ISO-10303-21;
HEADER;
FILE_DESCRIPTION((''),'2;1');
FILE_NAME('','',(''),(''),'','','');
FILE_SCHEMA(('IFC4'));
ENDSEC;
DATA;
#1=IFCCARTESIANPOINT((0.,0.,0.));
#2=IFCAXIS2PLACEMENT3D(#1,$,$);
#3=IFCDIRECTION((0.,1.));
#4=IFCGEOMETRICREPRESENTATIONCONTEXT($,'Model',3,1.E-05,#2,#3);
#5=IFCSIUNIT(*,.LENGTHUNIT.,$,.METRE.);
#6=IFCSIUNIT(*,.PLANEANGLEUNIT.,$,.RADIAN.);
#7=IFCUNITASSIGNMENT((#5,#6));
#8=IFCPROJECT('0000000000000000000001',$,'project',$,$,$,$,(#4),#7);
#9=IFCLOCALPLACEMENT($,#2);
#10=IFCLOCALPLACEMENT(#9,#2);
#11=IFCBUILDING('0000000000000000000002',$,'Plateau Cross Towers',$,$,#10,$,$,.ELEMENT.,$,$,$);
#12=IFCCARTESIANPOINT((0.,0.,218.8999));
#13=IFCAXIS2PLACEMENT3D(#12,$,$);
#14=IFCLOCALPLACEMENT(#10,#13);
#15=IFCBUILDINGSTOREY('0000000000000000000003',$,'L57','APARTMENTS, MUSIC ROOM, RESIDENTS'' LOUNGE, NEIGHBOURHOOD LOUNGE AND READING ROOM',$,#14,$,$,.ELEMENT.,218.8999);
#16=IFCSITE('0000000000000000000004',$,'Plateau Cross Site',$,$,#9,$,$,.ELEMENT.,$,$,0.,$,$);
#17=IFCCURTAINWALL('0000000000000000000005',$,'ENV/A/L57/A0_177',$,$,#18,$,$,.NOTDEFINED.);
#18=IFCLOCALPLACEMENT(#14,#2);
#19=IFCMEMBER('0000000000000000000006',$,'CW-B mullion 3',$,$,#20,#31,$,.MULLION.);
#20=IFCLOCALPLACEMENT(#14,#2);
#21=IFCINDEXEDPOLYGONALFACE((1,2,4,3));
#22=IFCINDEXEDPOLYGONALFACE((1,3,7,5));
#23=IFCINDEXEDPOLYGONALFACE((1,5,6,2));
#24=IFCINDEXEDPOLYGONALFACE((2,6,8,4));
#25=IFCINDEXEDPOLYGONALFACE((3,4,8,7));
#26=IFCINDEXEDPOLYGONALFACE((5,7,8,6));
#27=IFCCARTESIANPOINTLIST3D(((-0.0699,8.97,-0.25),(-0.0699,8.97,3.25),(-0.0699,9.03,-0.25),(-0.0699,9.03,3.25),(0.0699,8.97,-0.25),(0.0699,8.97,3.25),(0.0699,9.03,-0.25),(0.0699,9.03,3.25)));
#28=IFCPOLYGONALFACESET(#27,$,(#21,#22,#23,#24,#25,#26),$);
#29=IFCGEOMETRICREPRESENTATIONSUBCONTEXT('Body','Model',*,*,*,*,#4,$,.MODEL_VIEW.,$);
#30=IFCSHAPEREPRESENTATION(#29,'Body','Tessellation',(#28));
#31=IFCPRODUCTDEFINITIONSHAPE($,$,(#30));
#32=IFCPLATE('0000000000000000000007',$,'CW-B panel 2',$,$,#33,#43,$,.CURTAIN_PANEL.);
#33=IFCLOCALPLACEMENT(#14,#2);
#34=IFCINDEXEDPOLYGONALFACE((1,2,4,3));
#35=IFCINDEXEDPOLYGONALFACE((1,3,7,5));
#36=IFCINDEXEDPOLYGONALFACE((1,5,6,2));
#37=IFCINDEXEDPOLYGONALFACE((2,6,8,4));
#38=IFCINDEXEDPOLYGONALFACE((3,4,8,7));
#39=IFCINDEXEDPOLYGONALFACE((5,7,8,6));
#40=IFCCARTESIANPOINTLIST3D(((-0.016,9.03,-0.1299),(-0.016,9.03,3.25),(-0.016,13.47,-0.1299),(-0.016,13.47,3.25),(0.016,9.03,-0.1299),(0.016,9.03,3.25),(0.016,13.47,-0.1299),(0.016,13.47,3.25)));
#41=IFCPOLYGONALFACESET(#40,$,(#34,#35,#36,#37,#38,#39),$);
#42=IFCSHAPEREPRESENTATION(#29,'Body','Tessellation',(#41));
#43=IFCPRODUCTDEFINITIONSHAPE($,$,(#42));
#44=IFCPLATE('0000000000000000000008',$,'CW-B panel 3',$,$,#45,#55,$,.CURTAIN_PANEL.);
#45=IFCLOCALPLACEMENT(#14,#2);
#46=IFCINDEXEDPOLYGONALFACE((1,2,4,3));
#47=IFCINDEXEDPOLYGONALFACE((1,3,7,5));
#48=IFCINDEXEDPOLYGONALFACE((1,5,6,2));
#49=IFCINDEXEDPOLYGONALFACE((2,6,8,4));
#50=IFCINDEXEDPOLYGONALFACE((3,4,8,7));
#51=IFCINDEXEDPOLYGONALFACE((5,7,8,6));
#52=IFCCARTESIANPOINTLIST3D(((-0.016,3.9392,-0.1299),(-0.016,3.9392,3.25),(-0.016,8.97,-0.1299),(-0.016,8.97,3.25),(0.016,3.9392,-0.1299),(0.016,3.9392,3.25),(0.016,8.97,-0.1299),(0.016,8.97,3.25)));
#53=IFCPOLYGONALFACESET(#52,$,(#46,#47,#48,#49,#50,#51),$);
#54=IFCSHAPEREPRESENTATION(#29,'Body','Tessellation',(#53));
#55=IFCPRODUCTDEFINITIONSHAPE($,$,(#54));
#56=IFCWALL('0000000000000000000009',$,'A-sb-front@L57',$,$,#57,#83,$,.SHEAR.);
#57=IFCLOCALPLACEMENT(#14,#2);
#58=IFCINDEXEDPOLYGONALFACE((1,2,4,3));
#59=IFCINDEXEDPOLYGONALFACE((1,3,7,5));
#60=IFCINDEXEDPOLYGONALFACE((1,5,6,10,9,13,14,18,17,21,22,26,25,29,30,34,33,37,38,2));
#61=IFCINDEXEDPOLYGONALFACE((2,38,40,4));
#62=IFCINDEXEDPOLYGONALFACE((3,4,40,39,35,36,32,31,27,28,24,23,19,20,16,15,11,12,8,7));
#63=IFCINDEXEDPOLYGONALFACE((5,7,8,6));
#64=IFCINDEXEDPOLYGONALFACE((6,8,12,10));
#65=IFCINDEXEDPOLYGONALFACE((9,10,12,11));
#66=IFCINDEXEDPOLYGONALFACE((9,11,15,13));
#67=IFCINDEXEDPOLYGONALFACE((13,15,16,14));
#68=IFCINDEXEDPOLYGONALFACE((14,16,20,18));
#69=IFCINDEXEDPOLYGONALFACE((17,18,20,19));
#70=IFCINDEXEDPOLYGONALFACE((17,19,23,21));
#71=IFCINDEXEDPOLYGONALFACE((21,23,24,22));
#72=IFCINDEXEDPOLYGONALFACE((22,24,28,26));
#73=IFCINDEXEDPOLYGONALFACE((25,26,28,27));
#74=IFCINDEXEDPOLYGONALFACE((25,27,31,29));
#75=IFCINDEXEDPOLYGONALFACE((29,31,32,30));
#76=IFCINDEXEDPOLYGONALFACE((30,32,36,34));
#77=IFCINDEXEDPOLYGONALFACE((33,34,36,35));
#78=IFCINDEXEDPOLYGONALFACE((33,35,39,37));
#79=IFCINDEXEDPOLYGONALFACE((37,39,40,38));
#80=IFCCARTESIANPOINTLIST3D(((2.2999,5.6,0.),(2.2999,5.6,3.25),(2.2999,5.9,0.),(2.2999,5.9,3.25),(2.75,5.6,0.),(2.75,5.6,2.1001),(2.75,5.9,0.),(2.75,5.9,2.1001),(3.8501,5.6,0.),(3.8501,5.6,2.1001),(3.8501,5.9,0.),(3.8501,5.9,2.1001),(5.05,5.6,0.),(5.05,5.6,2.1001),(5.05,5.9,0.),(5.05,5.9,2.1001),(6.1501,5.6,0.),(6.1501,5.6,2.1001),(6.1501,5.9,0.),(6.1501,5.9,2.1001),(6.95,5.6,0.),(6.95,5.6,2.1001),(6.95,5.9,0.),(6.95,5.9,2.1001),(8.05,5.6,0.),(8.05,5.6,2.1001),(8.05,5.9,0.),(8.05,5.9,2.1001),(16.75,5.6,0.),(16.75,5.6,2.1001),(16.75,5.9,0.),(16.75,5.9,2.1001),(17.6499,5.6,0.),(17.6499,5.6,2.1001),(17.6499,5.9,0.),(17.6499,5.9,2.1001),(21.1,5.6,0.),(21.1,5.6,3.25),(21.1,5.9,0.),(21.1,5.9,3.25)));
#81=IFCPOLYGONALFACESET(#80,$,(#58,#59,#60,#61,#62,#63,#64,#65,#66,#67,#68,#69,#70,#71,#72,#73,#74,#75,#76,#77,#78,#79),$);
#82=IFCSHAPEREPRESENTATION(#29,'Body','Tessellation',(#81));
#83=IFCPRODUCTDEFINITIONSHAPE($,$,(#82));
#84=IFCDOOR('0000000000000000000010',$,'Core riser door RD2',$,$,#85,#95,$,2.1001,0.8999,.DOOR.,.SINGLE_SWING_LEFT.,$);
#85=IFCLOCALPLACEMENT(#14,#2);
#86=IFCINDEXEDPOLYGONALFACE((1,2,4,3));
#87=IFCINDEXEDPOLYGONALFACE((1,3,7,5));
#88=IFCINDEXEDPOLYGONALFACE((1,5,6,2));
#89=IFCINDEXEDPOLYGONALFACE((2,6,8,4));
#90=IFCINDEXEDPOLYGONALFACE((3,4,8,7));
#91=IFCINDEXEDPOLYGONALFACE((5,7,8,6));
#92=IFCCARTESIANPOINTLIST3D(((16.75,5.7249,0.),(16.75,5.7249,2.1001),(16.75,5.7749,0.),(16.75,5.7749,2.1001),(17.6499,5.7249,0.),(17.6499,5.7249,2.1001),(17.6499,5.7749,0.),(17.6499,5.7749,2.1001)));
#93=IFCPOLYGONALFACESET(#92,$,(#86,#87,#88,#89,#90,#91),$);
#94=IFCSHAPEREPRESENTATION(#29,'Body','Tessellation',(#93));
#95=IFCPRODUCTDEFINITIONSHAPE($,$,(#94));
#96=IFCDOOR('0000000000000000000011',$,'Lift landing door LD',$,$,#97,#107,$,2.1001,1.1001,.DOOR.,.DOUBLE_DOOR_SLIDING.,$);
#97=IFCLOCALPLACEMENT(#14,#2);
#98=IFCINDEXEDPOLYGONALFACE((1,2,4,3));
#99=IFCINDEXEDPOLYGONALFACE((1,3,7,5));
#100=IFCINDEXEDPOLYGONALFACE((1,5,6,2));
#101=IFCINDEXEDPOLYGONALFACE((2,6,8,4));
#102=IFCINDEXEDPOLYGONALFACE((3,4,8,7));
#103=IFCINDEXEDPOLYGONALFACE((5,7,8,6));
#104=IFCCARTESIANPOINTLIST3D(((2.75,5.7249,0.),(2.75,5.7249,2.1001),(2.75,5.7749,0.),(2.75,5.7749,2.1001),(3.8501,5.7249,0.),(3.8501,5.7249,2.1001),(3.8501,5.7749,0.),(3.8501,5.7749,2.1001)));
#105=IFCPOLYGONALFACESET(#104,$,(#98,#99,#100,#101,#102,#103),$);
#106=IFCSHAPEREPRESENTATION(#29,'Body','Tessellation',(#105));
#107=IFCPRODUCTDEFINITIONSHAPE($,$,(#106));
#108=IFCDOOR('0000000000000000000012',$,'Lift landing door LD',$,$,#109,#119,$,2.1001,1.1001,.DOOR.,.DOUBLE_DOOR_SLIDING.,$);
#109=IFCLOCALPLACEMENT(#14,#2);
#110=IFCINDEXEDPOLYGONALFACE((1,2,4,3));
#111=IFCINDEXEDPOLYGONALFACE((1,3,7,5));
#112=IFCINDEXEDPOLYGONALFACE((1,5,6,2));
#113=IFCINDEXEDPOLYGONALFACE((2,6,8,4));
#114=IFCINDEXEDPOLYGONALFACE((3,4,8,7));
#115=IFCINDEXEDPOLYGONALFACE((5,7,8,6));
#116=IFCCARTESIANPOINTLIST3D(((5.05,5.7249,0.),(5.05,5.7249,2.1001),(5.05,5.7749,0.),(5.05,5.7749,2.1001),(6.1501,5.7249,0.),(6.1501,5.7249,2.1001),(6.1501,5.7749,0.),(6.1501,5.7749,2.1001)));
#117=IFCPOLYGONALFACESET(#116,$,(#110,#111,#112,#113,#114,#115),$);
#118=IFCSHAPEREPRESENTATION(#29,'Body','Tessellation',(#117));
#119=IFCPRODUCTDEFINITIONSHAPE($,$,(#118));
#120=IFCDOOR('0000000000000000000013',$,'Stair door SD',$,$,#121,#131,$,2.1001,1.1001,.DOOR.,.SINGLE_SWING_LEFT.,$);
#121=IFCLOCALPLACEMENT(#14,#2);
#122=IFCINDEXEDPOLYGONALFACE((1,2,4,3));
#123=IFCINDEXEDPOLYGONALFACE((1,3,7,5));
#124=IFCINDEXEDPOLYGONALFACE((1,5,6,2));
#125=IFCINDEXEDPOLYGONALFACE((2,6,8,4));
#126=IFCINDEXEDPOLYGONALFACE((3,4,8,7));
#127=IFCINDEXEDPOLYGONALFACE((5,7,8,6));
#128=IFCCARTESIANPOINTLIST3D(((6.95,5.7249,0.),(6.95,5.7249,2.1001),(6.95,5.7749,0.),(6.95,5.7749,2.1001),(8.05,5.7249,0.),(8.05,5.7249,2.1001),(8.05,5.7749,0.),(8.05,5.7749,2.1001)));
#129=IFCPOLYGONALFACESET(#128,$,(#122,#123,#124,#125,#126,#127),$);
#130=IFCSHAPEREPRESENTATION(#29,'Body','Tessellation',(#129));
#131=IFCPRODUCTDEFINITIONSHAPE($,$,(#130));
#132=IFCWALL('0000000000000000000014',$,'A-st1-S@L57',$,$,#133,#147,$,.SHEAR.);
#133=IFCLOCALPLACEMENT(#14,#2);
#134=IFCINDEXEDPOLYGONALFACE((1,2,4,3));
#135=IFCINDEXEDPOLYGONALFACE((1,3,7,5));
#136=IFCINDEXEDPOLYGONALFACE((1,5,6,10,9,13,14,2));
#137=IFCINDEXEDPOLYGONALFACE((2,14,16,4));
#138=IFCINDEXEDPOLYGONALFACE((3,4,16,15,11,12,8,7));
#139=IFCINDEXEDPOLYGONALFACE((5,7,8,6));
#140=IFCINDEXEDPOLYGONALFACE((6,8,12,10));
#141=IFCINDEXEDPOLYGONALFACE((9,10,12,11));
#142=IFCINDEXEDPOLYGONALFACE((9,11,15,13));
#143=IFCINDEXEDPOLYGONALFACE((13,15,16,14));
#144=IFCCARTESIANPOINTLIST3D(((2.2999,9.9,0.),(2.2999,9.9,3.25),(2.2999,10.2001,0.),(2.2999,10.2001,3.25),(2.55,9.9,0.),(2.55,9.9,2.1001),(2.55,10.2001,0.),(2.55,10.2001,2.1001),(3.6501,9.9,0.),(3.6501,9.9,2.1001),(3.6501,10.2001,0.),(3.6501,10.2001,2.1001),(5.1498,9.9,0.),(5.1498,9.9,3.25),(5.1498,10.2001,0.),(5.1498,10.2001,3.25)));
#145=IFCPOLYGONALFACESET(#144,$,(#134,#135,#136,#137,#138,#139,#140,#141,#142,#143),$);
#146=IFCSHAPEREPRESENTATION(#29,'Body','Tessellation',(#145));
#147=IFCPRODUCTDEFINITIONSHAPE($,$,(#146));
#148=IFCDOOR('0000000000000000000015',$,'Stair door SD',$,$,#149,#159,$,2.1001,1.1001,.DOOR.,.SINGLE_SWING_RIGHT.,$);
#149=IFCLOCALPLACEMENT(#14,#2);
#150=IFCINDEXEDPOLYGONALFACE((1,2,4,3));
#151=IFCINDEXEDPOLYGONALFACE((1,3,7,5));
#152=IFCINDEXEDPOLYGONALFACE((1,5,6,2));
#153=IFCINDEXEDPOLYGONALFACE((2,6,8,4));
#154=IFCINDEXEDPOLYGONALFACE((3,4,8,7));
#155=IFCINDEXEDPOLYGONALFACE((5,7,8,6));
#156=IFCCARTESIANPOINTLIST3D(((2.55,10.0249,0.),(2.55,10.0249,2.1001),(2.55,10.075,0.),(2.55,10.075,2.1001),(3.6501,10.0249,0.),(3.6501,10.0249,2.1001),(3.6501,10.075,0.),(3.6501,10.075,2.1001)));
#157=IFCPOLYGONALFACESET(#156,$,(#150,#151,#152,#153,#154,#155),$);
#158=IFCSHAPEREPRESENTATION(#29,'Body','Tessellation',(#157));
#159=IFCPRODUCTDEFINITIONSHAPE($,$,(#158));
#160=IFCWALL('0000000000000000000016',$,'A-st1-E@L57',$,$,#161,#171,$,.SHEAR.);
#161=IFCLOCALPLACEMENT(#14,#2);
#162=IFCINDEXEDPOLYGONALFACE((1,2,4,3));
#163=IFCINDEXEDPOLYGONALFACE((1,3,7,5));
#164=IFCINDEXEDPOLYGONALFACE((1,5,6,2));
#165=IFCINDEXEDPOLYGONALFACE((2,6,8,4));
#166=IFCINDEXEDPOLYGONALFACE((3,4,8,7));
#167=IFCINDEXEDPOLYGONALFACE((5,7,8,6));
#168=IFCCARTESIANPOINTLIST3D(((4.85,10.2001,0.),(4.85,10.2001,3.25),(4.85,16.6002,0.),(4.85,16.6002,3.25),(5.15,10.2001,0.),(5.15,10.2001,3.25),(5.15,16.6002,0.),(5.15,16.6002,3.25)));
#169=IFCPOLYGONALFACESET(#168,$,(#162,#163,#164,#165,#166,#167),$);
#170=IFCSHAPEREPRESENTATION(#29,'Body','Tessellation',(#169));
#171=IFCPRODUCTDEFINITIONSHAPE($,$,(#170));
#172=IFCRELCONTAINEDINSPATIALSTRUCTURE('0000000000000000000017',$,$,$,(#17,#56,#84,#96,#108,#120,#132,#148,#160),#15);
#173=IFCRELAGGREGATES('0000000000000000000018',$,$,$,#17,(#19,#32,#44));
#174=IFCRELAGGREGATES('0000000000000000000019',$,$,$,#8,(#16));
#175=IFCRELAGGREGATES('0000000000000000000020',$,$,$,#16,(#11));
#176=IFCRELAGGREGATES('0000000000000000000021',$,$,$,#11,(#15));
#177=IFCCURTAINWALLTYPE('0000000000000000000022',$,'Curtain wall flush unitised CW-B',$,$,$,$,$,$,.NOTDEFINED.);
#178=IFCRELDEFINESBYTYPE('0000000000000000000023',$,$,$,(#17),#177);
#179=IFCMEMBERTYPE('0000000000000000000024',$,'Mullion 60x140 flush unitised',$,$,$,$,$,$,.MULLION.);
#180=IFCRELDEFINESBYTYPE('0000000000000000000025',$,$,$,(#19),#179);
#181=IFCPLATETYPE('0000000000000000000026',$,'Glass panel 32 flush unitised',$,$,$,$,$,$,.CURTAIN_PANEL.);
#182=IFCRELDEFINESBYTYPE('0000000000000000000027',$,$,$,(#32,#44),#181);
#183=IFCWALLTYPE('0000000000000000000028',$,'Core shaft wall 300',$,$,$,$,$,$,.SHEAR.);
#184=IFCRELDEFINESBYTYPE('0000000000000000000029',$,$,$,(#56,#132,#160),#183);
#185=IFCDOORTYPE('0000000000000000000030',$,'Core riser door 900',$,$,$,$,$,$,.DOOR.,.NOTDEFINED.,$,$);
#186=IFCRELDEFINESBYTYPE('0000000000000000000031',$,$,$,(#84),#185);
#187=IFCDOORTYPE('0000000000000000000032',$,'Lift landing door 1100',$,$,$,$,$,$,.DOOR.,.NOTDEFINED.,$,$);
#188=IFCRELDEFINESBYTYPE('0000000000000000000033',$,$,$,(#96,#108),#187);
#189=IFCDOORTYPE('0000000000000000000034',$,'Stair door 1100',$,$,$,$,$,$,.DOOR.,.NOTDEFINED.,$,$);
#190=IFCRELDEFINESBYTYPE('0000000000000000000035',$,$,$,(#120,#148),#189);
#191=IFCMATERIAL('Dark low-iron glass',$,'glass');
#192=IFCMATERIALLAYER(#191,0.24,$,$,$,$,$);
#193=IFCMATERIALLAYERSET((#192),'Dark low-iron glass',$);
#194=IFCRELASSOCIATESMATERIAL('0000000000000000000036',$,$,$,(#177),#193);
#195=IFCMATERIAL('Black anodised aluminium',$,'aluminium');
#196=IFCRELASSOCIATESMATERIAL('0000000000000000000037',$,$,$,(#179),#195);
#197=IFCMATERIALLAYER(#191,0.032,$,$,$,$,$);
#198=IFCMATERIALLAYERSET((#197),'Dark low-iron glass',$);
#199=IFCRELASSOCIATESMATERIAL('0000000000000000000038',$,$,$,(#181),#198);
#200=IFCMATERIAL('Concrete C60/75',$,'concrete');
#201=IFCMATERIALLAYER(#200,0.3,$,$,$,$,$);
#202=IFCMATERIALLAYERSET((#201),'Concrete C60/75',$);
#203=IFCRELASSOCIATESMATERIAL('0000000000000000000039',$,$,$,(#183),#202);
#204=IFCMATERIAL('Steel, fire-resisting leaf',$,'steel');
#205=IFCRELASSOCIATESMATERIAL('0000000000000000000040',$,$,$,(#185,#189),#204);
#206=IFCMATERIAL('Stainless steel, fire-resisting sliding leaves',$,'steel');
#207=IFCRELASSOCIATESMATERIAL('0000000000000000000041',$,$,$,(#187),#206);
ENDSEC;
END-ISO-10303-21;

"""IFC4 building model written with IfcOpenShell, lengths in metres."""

from ifc_helpers import new_model, si_unit, direction, frame, frame_2d, origin, origin_2d, place, context, subcontext, project, spatial, rectangle, extrude, material, layer, layer_set, material_profile, profile_set, type_object, element, fill, aggregate, save


model = new_model("IFC4")

# Units and contexts
model_context = context("Model", 3, precision=1e-05, world=origin(), true_north=direction((0.0, 1.0)))
body_context = subcontext(model_context, "Body", "Model", "MODEL_VIEW")
ifc_project = project(units=[si_unit("LENGTHUNIT", "METRE"), si_unit("PLANEANGLEUNIT", "RADIAN")], contexts=[model_context])

# Site, building, storey
site_placement = place(None, origin())
site = spatial("IfcSite", under=ifc_project, at=site_placement, Name="Plateau Cross Site", CompositionType="ELEMENT", RefElevation=0.0)
building_placement = place(site_placement, origin())
building = spatial("IfcBuilding", under=site, at=building_placement, Name="Plateau Cross Towers", CompositionType="ELEMENT")
storey_placement = place(building_placement, frame((0.0, 0.0, 218.8999)))
storey = spatial("IfcBuildingStorey", under=building, at=storey_placement, Name="L57", Description="APARTMENTS, MUSIC ROOM, RESIDENTS' LOUNGE, NEIGHBOURHOOD LOUNGE AND READING ROOM", CompositionType="ELEMENT", Elevation=218.8999)

# Curtain wall, member, plates
ifc_material_1 = material(Name="Dark low-iron glass", Category="glass")
ifc_layer_1 = layer(ifc_material_1, 0.24)
ifc_layer_set_1 = layer_set([ifc_layer_1], Name="Dark low-iron glass")
curtain_wall_type = type_object("IfcCurtainWallType", Name="Curtain wall flush unitised CW-B", PredefinedType="NOTDEFINED", material=ifc_layer_set_1)
curtain_wall_placement = place(storey_placement, origin())
curtain_wall = element("IfcCurtainWall", 1, at=curtain_wall_placement, inside=storey, type_object=curtain_wall_type, Name="ENV/A/L57/A0_177", PredefinedType="NOTDEFINED")
ifc_material_2 = material(Name="Black anodised aluminium", Category="aluminium")
ifc_material_profile = material_profile(ifc_material_2, rectangle(XDim=0.0601, YDim=0.1399, at=origin_2d()), Name="MULLION 60x140")
ifc_profile_set = profile_set([ifc_material_profile], Name="Black anodised aluminium")
member_type = type_object("IfcMemberType", Name="Mullion 60x140 flush unitised", PredefinedType="MULLION", material=ifc_profile_set)
member_placement = place(storey_placement, frame((0.0, 9.0, -0.25), z_axis=(0.0, 0.0, 1.0), x_axis=(0.0, -1.0, 0.0)))
member = element("IfcMember", 2, at=member_placement, type_object=member_type, Name="CW-B mullion 3", PredefinedType="MULLION", context=body_context, shape_type="SweptSolid", body=[
    extrude(rectangle(XDim=0.0601, YDim=0.1399, at=origin_2d()), origin(), (0.0, 0.0, 1.0), 3.5),
])
ifc_layer_2 = layer(ifc_material_1, 0.032)
ifc_layer_set_2 = layer_set([ifc_layer_2], Name="Dark low-iron glass")
plate_type = type_object("IfcPlateType", Name="Glass panel 32 flush unitised", PredefinedType="CURTAIN_PANEL", material=ifc_layer_set_2)
plate_1_placement = place(storey_placement, frame((0.0, 11.25, -0.1299), z_axis=(0.0, 0.0, 1.0), x_axis=(0.0, -1.0, 0.0)))
plate_1 = element("IfcPlate", 3, at=plate_1_placement, type_object=plate_type, Name="CW-B panel 2", PredefinedType="CURTAIN_PANEL", context=body_context, shape_type="SweptSolid", body=[
    extrude(rectangle(XDim=4.4399, YDim=0.032, at=origin_2d()), origin(), (0.0, 0.0, 1.0), 3.3799),
])
plate_2_placement = place(storey_placement, frame((0.0, 6.4546, -0.1299), z_axis=(0.0, 0.0, 1.0), x_axis=(0.0, -1.0, 0.0)))
plate_2 = element("IfcPlate", 4, at=plate_2_placement, type_object=plate_type, Name="CW-B panel 3", PredefinedType="CURTAIN_PANEL", context=body_context, shape_type="SweptSolid", body=[
    extrude(rectangle(XDim=5.0308, YDim=0.032, at=origin_2d()), origin(), (0.0, 0.0, 1.0), 3.3799),
])
aggregate(curtain_wall, [member, plate_1, plate_2])

# Wall, openings, doors
ifc_material_3 = material(Name="Concrete C60/75", Category="concrete")
ifc_layer_3 = layer(ifc_material_3, 0.3)
ifc_layer_set_3 = layer_set([ifc_layer_3], Name="Concrete C60/75")
wall_type = type_object("IfcWallType", Name="Core shaft wall 300", PredefinedType="SHEAR", material=ifc_layer_set_3)
wall_1_placement = place(storey_placement, frame((2.3, 5.75, 0.0), z_axis=(0.0, 0.0, 1.0), x_axis=(1.0, 0.0, 0.0)))
wall_1 = element("IfcWall", 5, at=wall_1_placement, inside=storey, type_object=wall_type, Name="A-sb-front@L57", PredefinedType="SHEAR", context=body_context, shape_type="SweptSolid", body=[
    extrude(rectangle(XDim=18.8, YDim=0.3, at=frame_2d((9.3999, 0.0))), origin(), (0.0, 0.0, 1.0), 3.25),
])
opening_1_placement = place(wall_1_placement, frame((4.6499, 0.0, 0.0)))
opening_1 = element("IfcOpeningElement", 6, at=opening_1_placement, cuts=wall_1, PredefinedType="OPENING", context=body_context, shape_type="SweptSolid", body=[
    extrude(rectangle(XDim=1.1001, YDim=2.1001, at=frame_2d((0.55, 1.05))), frame((0.0, 0.1599, 0.0), z_axis=(0.0, -1.0, 0.0), x_axis=(1.0, 0.0, 0.0)), (0.0, 0.0, 1.0), 0.3201),
])
opening_2_placement = place(wall_1_placement, frame((0.45, 0.0, 0.0)))
opening_2 = element("IfcOpeningElement", 7, at=opening_2_placement, cuts=wall_1, PredefinedType="OPENING", context=body_context, shape_type="SweptSolid", body=[
    extrude(rectangle(XDim=1.1001, YDim=2.1001, at=frame_2d((0.55, 1.05))), frame((0.0, 0.1599, 0.0), z_axis=(0.0, -1.0, 0.0), x_axis=(1.0, 0.0, 0.0)), (0.0, 0.0, 1.0), 0.3201),
])
opening_3_placement = place(wall_1_placement, frame((2.75, 0.0, 0.0)))
opening_3 = element("IfcOpeningElement", 8, at=opening_3_placement, cuts=wall_1, PredefinedType="OPENING", context=body_context, shape_type="SweptSolid", body=[
    extrude(rectangle(XDim=1.1001, YDim=2.1001, at=frame_2d((0.55, 1.05))), frame((0.0, 0.1599, 0.0), z_axis=(0.0, -1.0, 0.0), x_axis=(1.0, 0.0, 0.0)), (0.0, 0.0, 1.0), 0.3201),
])
opening_4_placement = place(wall_1_placement, frame((14.45, 0.0, 0.0)))
opening_4 = element("IfcOpeningElement", 9, at=opening_4_placement, cuts=wall_1, PredefinedType="OPENING", context=body_context, shape_type="SweptSolid", body=[
    extrude(rectangle(XDim=0.8999, YDim=2.1001, at=frame_2d((0.45, 1.05))), frame((0.0, 0.1599, 0.0), z_axis=(0.0, -1.0, 0.0), x_axis=(1.0, 0.0, 0.0)), (0.0, 0.0, 1.0), 0.3201),
])
ifc_material_4 = material(Name="Steel, fire-resisting leaf", Category="steel")
door_type_1 = type_object("IfcDoorType", Name="Core riser door 900", OperationType="NOTDEFINED", PredefinedType="DOOR", material=ifc_material_4)
door_1_placement = place(opening_4_placement, origin())
door_1 = element("IfcDoor", 10, at=door_1_placement, inside=storey, type_object=door_type_1, Name="Core riser door RD2", OperationType="SINGLE_SWING_LEFT", OverallHeight=2.1001, OverallWidth=0.8999, PredefinedType="DOOR", context=body_context, shape_type="SweptSolid", body=[
    extrude(rectangle(XDim=0.8999, YDim=2.1001, at=frame_2d((0.45, 1.05))), frame((0.0, 0.0249, 0.0), z_axis=(0.0, -1.0, 0.0), x_axis=(1.0, 0.0, 0.0)), (0.0, 0.0, 1.0), 0.05),
])
fill(opening_4, door_1)
ifc_material_5 = material(Name="Stainless steel, fire-resisting sliding leaves", Category="steel")
door_type_2 = type_object("IfcDoorType", Name="Lift landing door 1100", OperationType="NOTDEFINED", PredefinedType="DOOR", material=ifc_material_5)
door_2_placement = place(opening_2_placement, origin())
door_2 = element("IfcDoor", 11, at=door_2_placement, inside=storey, type_object=door_type_2, Name="Lift landing door LD", OperationType="DOUBLE_DOOR_SLIDING", OverallHeight=2.1001, OverallWidth=1.1001, PredefinedType="DOOR", context=body_context, shape_type="SweptSolid", body=[
    extrude(rectangle(XDim=1.1001, YDim=2.1001, at=frame_2d((0.55, 1.05))), frame((0.0, 0.0249, 0.0), z_axis=(0.0, -1.0, 0.0), x_axis=(1.0, 0.0, 0.0)), (0.0, 0.0, 1.0), 0.05),
])
fill(opening_2, door_2)
door_3_placement = place(opening_3_placement, origin())
door_3 = element("IfcDoor", 12, at=door_3_placement, inside=storey, type_object=door_type_2, Name="Lift landing door LD", OperationType="DOUBLE_DOOR_SLIDING", OverallHeight=2.1001, OverallWidth=1.1001, PredefinedType="DOOR", context=body_context, shape_type="SweptSolid", body=[
    extrude(rectangle(XDim=1.1001, YDim=2.1001, at=frame_2d((0.55, 1.05))), frame((0.0, 0.0249, 0.0), z_axis=(0.0, -1.0, 0.0), x_axis=(1.0, 0.0, 0.0)), (0.0, 0.0, 1.0), 0.05),
])
fill(opening_3, door_3)
door_type_3 = type_object("IfcDoorType", Name="Stair door 1100", OperationType="NOTDEFINED", PredefinedType="DOOR", material=ifc_material_4)
door_4_placement = place(opening_1_placement, origin())
door_4 = element("IfcDoor", 13, at=door_4_placement, inside=storey, type_object=door_type_3, Name="Stair door SD", OperationType="SINGLE_SWING_LEFT", OverallHeight=2.1001, OverallWidth=1.1001, PredefinedType="DOOR", context=body_context, shape_type="SweptSolid", body=[
    extrude(rectangle(XDim=1.1001, YDim=2.1001, at=frame_2d((0.55, 1.05))), frame((0.0, 0.0249, 0.0), z_axis=(0.0, -1.0, 0.0), x_axis=(1.0, 0.0, 0.0)), (0.0, 0.0, 1.0), 0.05),
])
fill(opening_1, door_4)

# Wall, opening, door
wall_2_placement = place(storey_placement, frame((2.3, 10.05, 0.0), z_axis=(0.0, 0.0, 1.0), x_axis=(1.0, 0.0, 0.0)))
wall_2 = element("IfcWall", 14, at=wall_2_placement, inside=storey, type_object=wall_type, Name="A-st1-S@L57", PredefinedType="SHEAR", context=body_context, shape_type="SweptSolid", body=[
    extrude(rectangle(XDim=2.8499, YDim=0.3, at=frame_2d((1.4248, 0.0))), origin(), (0.0, 0.0, 1.0), 3.25),
])
opening_5_placement = place(wall_2_placement, frame((0.25, 0.0, 0.0)))
opening_5 = element("IfcOpeningElement", 15, at=opening_5_placement, cuts=wall_2, PredefinedType="OPENING", context=body_context, shape_type="SweptSolid", body=[
    extrude(rectangle(XDim=1.1001, YDim=2.1001, at=frame_2d((0.55, 1.05))), frame((0.0, 0.1599, 0.0), z_axis=(0.0, -1.0, 0.0), x_axis=(1.0, 0.0, 0.0)), (0.0, 0.0, 1.0), 0.3201),
])
door_5_placement = place(opening_5_placement, origin())
door_5 = element("IfcDoor", 16, at=door_5_placement, inside=storey, type_object=door_type_3, Name="Stair door SD", OperationType="SINGLE_SWING_RIGHT", OverallHeight=2.1001, OverallWidth=1.1001, PredefinedType="DOOR", context=body_context, shape_type="SweptSolid", body=[
    extrude(rectangle(XDim=1.1001, YDim=2.1001, at=frame_2d((0.55, 1.05))), frame((0.0, 0.0249, 0.0), z_axis=(0.0, -1.0, 0.0), x_axis=(1.0, 0.0, 0.0)), (0.0, 0.0, 1.0), 0.05),
])
fill(opening_5, door_5)

# Wall
wall_3_placement = place(storey_placement, frame((5.0, 10.2, 0.0), z_axis=(0.0, 0.0, 1.0), x_axis=(0.0, 1.0, 0.0)))
element("IfcWall", 17, at=wall_3_placement, inside=storey, type_object=wall_type, Name="A-st1-E@L57", PredefinedType="SHEAR", context=body_context, shape_type="SweptSolid", body=[
    extrude(rectangle(XDim=6.4001, YDim=0.3, at=frame_2d((3.2002, 0.0))), origin(), (0.0, 0.0, 1.0), 3.25),
])

save(model, "model.ifc")
